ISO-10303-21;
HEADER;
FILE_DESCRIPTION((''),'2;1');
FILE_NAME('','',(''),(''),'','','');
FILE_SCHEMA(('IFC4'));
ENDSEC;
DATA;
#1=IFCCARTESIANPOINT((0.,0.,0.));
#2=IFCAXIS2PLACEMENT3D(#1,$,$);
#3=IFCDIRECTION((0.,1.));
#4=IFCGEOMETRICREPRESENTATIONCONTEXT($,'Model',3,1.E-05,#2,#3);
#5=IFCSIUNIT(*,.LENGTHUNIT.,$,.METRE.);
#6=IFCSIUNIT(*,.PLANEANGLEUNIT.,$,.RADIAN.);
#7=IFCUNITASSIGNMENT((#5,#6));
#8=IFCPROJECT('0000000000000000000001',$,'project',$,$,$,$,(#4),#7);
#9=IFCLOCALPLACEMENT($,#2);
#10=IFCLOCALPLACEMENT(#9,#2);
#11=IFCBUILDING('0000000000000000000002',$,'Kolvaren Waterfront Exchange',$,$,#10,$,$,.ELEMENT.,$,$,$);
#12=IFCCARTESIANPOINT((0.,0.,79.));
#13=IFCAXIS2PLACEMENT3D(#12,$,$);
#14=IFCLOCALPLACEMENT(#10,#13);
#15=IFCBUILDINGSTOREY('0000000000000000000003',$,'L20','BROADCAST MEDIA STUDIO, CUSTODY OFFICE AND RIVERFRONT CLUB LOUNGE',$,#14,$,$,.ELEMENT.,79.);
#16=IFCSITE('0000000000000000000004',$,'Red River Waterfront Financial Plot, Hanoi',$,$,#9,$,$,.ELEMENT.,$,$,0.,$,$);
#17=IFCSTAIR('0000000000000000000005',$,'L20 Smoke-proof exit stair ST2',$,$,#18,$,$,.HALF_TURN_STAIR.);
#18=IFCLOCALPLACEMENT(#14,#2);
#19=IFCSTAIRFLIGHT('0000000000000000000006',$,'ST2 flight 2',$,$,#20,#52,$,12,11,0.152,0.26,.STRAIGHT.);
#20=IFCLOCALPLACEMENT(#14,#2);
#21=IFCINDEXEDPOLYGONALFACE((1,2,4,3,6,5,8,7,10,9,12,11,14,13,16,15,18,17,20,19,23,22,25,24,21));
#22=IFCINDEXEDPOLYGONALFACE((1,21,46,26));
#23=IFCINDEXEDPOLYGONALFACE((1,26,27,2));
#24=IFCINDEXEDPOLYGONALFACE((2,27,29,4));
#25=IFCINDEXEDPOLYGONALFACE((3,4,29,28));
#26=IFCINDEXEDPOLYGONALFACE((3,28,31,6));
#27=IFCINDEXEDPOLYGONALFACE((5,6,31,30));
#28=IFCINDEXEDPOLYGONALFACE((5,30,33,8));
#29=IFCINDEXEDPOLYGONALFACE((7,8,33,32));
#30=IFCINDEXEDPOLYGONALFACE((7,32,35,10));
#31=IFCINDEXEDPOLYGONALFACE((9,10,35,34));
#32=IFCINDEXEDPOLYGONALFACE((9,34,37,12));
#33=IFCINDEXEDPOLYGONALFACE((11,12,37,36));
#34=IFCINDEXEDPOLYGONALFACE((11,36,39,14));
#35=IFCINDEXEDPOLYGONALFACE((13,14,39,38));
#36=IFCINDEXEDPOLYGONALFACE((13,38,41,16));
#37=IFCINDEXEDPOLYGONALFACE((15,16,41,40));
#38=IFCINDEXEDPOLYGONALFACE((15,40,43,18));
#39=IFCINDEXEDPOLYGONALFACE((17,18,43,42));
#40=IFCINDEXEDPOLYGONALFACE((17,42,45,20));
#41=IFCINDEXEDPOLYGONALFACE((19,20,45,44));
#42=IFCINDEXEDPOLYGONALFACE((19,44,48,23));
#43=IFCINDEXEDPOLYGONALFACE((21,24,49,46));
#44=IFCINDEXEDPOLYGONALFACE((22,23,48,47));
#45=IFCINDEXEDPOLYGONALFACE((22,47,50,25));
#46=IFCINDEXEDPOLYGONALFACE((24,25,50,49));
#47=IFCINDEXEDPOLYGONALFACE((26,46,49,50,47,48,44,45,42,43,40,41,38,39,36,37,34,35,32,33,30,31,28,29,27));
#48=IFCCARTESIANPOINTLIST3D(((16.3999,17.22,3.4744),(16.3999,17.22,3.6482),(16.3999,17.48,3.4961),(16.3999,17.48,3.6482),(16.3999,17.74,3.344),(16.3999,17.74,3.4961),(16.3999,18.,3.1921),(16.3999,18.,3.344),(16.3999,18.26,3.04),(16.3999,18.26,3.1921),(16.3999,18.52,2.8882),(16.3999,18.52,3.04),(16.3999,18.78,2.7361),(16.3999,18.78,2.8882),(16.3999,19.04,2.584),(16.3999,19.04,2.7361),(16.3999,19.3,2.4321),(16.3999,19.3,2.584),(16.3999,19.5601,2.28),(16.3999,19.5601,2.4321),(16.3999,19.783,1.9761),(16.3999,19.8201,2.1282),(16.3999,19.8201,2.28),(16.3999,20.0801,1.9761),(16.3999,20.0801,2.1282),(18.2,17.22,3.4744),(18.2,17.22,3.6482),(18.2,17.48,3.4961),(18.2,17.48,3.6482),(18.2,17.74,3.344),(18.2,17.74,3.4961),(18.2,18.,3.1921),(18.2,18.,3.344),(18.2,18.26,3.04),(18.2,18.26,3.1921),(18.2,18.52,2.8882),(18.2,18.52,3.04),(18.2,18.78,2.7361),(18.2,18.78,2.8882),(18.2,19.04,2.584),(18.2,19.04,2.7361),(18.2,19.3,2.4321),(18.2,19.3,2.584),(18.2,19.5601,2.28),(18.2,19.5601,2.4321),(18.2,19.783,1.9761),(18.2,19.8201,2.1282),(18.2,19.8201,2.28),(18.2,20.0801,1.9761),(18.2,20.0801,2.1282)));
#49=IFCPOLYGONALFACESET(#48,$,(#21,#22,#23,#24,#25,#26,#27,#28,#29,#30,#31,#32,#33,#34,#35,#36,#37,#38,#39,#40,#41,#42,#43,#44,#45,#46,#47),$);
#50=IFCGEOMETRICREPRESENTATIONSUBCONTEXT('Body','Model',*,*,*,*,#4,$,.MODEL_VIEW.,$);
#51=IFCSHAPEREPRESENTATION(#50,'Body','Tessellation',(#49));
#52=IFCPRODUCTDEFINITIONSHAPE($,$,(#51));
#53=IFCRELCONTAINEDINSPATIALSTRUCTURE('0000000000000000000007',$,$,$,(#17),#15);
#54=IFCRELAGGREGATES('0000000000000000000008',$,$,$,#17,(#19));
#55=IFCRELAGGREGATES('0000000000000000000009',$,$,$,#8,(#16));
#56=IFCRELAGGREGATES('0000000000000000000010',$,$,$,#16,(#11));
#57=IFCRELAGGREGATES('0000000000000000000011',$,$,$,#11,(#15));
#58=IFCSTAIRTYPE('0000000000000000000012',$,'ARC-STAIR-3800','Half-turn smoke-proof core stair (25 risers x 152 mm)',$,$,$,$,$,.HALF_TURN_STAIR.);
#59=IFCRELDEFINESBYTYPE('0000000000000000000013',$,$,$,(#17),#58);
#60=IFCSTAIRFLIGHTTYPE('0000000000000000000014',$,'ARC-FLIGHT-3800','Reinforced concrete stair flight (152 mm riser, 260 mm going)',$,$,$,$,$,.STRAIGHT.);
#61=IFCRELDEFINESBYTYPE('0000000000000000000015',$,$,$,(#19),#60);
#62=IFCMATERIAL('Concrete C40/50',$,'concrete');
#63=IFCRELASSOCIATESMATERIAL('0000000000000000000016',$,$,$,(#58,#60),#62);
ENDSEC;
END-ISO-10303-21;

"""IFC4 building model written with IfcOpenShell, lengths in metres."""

from ifc_helpers import new_model, si_unit, direction, frame, origin, place, context, subcontext, project, spatial, polyline, outline, extrude, material, type_object, element, aggregate, save


model = new_model("IFC4")

# Units and contexts
model_context = context("Model", 3, precision=1e-05, world=origin(), true_north=direction((0.0, 1.0)))
body_context = subcontext(model_context, "Body", "Model", "MODEL_VIEW")
ifc_project = project(units=[si_unit("LENGTHUNIT", "METRE"), si_unit("PLANEANGLEUNIT", "RADIAN")], contexts=[model_context])

# Site, building, storey
site_placement = place(None, origin())
site = spatial("IfcSite", under=ifc_project, at=site_placement, Name="Red River Waterfront Financial Plot, Hanoi", CompositionType="ELEMENT", RefElevation=0.0)
building_placement = place(site_placement, origin())
building = spatial("IfcBuilding", under=site, at=building_placement, Name="Kolvaren Waterfront Exchange", CompositionType="ELEMENT")
storey_placement = place(building_placement, frame((0.0, 0.0, 79.0)))
storey = spatial("IfcBuildingStorey", under=building, at=storey_placement, Name="L20", Description="BROADCAST MEDIA STUDIO, CUSTODY OFFICE AND RIVERFRONT CLUB LOUNGE", CompositionType="ELEMENT", Elevation=79.0)

# Stair, stair flight
ifc_material_1 = material(Name="Concrete C40/50", Category="concrete")
stair_type = type_object("IfcStairType", Name="ARC-STAIR-3800", Description="Half-turn smoke-proof core stair (25 risers x 152 mm)", PredefinedType="HALF_TURN_STAIR", material=ifc_material_1)
stair_placement = place(storey_placement, origin())
stair = element("IfcStair", 1, at=stair_placement, inside=storey, type_object=stair_type, Name="L20 Smoke-proof exit stair ST2", PredefinedType="HALF_TURN_STAIR")
stair_flight_type = type_object("IfcStairFlightType", Name="ARC-FLIGHT-3800", Description="Reinforced concrete stair flight (152 mm riser, 260 mm going)", PredefinedType="STRAIGHT", material=ifc_material_1)
stair_flight_placement = place(storey_placement, frame((17.3, 20.0801, 1.9761), z_axis=(0.0, 0.0, 1.0), x_axis=(0.0, -1.0, 0.0)))
stair_flight = element("IfcStairFlight", 2, at=stair_flight_placement, type_object=stair_flight_type, Name="ST2 flight 2", NumberOfRisers=12, NumberOfTreads=11, PredefinedType="STRAIGHT", RiserHeight=0.152, TreadLength=0.26, context=body_context, shape_type="SweptSolid", body=[
    extrude(outline(polyline([(0.0, 0.0), (0.0, 0.1521), (0.26, 0.1521), (0.26, 0.304), (0.52, 0.304), (0.52, 0.4561), (0.78, 0.4561), (0.78, 0.6079), (1.04, 0.6079), (1.04, 0.76), (1.3, 0.76), (1.3, 0.9121), (1.5601, 0.9121), (1.5601, 1.064), (1.8201, 1.064), (1.8201, 1.2161), (2.0801, 1.2161), (2.0801, 1.3679), (2.3401, 1.3679), (2.3401, 1.52), (2.6001, 1.52), (2.6001, 1.6721), (2.8601, 1.6721), (2.8601, 1.824), (2.8601, 1.4983), (0.2971, 0.0), (0.0, 0.0)])), frame((0.0, 0.8999, 0.0), z_axis=(0.0, -1.0, 0.0), x_axis=(1.0, 0.0, 0.0)), (0.0, 0.0, 1.0), 1.8),
])
aggregate(stair, [stair_flight])

save(model, "model.ifc")
